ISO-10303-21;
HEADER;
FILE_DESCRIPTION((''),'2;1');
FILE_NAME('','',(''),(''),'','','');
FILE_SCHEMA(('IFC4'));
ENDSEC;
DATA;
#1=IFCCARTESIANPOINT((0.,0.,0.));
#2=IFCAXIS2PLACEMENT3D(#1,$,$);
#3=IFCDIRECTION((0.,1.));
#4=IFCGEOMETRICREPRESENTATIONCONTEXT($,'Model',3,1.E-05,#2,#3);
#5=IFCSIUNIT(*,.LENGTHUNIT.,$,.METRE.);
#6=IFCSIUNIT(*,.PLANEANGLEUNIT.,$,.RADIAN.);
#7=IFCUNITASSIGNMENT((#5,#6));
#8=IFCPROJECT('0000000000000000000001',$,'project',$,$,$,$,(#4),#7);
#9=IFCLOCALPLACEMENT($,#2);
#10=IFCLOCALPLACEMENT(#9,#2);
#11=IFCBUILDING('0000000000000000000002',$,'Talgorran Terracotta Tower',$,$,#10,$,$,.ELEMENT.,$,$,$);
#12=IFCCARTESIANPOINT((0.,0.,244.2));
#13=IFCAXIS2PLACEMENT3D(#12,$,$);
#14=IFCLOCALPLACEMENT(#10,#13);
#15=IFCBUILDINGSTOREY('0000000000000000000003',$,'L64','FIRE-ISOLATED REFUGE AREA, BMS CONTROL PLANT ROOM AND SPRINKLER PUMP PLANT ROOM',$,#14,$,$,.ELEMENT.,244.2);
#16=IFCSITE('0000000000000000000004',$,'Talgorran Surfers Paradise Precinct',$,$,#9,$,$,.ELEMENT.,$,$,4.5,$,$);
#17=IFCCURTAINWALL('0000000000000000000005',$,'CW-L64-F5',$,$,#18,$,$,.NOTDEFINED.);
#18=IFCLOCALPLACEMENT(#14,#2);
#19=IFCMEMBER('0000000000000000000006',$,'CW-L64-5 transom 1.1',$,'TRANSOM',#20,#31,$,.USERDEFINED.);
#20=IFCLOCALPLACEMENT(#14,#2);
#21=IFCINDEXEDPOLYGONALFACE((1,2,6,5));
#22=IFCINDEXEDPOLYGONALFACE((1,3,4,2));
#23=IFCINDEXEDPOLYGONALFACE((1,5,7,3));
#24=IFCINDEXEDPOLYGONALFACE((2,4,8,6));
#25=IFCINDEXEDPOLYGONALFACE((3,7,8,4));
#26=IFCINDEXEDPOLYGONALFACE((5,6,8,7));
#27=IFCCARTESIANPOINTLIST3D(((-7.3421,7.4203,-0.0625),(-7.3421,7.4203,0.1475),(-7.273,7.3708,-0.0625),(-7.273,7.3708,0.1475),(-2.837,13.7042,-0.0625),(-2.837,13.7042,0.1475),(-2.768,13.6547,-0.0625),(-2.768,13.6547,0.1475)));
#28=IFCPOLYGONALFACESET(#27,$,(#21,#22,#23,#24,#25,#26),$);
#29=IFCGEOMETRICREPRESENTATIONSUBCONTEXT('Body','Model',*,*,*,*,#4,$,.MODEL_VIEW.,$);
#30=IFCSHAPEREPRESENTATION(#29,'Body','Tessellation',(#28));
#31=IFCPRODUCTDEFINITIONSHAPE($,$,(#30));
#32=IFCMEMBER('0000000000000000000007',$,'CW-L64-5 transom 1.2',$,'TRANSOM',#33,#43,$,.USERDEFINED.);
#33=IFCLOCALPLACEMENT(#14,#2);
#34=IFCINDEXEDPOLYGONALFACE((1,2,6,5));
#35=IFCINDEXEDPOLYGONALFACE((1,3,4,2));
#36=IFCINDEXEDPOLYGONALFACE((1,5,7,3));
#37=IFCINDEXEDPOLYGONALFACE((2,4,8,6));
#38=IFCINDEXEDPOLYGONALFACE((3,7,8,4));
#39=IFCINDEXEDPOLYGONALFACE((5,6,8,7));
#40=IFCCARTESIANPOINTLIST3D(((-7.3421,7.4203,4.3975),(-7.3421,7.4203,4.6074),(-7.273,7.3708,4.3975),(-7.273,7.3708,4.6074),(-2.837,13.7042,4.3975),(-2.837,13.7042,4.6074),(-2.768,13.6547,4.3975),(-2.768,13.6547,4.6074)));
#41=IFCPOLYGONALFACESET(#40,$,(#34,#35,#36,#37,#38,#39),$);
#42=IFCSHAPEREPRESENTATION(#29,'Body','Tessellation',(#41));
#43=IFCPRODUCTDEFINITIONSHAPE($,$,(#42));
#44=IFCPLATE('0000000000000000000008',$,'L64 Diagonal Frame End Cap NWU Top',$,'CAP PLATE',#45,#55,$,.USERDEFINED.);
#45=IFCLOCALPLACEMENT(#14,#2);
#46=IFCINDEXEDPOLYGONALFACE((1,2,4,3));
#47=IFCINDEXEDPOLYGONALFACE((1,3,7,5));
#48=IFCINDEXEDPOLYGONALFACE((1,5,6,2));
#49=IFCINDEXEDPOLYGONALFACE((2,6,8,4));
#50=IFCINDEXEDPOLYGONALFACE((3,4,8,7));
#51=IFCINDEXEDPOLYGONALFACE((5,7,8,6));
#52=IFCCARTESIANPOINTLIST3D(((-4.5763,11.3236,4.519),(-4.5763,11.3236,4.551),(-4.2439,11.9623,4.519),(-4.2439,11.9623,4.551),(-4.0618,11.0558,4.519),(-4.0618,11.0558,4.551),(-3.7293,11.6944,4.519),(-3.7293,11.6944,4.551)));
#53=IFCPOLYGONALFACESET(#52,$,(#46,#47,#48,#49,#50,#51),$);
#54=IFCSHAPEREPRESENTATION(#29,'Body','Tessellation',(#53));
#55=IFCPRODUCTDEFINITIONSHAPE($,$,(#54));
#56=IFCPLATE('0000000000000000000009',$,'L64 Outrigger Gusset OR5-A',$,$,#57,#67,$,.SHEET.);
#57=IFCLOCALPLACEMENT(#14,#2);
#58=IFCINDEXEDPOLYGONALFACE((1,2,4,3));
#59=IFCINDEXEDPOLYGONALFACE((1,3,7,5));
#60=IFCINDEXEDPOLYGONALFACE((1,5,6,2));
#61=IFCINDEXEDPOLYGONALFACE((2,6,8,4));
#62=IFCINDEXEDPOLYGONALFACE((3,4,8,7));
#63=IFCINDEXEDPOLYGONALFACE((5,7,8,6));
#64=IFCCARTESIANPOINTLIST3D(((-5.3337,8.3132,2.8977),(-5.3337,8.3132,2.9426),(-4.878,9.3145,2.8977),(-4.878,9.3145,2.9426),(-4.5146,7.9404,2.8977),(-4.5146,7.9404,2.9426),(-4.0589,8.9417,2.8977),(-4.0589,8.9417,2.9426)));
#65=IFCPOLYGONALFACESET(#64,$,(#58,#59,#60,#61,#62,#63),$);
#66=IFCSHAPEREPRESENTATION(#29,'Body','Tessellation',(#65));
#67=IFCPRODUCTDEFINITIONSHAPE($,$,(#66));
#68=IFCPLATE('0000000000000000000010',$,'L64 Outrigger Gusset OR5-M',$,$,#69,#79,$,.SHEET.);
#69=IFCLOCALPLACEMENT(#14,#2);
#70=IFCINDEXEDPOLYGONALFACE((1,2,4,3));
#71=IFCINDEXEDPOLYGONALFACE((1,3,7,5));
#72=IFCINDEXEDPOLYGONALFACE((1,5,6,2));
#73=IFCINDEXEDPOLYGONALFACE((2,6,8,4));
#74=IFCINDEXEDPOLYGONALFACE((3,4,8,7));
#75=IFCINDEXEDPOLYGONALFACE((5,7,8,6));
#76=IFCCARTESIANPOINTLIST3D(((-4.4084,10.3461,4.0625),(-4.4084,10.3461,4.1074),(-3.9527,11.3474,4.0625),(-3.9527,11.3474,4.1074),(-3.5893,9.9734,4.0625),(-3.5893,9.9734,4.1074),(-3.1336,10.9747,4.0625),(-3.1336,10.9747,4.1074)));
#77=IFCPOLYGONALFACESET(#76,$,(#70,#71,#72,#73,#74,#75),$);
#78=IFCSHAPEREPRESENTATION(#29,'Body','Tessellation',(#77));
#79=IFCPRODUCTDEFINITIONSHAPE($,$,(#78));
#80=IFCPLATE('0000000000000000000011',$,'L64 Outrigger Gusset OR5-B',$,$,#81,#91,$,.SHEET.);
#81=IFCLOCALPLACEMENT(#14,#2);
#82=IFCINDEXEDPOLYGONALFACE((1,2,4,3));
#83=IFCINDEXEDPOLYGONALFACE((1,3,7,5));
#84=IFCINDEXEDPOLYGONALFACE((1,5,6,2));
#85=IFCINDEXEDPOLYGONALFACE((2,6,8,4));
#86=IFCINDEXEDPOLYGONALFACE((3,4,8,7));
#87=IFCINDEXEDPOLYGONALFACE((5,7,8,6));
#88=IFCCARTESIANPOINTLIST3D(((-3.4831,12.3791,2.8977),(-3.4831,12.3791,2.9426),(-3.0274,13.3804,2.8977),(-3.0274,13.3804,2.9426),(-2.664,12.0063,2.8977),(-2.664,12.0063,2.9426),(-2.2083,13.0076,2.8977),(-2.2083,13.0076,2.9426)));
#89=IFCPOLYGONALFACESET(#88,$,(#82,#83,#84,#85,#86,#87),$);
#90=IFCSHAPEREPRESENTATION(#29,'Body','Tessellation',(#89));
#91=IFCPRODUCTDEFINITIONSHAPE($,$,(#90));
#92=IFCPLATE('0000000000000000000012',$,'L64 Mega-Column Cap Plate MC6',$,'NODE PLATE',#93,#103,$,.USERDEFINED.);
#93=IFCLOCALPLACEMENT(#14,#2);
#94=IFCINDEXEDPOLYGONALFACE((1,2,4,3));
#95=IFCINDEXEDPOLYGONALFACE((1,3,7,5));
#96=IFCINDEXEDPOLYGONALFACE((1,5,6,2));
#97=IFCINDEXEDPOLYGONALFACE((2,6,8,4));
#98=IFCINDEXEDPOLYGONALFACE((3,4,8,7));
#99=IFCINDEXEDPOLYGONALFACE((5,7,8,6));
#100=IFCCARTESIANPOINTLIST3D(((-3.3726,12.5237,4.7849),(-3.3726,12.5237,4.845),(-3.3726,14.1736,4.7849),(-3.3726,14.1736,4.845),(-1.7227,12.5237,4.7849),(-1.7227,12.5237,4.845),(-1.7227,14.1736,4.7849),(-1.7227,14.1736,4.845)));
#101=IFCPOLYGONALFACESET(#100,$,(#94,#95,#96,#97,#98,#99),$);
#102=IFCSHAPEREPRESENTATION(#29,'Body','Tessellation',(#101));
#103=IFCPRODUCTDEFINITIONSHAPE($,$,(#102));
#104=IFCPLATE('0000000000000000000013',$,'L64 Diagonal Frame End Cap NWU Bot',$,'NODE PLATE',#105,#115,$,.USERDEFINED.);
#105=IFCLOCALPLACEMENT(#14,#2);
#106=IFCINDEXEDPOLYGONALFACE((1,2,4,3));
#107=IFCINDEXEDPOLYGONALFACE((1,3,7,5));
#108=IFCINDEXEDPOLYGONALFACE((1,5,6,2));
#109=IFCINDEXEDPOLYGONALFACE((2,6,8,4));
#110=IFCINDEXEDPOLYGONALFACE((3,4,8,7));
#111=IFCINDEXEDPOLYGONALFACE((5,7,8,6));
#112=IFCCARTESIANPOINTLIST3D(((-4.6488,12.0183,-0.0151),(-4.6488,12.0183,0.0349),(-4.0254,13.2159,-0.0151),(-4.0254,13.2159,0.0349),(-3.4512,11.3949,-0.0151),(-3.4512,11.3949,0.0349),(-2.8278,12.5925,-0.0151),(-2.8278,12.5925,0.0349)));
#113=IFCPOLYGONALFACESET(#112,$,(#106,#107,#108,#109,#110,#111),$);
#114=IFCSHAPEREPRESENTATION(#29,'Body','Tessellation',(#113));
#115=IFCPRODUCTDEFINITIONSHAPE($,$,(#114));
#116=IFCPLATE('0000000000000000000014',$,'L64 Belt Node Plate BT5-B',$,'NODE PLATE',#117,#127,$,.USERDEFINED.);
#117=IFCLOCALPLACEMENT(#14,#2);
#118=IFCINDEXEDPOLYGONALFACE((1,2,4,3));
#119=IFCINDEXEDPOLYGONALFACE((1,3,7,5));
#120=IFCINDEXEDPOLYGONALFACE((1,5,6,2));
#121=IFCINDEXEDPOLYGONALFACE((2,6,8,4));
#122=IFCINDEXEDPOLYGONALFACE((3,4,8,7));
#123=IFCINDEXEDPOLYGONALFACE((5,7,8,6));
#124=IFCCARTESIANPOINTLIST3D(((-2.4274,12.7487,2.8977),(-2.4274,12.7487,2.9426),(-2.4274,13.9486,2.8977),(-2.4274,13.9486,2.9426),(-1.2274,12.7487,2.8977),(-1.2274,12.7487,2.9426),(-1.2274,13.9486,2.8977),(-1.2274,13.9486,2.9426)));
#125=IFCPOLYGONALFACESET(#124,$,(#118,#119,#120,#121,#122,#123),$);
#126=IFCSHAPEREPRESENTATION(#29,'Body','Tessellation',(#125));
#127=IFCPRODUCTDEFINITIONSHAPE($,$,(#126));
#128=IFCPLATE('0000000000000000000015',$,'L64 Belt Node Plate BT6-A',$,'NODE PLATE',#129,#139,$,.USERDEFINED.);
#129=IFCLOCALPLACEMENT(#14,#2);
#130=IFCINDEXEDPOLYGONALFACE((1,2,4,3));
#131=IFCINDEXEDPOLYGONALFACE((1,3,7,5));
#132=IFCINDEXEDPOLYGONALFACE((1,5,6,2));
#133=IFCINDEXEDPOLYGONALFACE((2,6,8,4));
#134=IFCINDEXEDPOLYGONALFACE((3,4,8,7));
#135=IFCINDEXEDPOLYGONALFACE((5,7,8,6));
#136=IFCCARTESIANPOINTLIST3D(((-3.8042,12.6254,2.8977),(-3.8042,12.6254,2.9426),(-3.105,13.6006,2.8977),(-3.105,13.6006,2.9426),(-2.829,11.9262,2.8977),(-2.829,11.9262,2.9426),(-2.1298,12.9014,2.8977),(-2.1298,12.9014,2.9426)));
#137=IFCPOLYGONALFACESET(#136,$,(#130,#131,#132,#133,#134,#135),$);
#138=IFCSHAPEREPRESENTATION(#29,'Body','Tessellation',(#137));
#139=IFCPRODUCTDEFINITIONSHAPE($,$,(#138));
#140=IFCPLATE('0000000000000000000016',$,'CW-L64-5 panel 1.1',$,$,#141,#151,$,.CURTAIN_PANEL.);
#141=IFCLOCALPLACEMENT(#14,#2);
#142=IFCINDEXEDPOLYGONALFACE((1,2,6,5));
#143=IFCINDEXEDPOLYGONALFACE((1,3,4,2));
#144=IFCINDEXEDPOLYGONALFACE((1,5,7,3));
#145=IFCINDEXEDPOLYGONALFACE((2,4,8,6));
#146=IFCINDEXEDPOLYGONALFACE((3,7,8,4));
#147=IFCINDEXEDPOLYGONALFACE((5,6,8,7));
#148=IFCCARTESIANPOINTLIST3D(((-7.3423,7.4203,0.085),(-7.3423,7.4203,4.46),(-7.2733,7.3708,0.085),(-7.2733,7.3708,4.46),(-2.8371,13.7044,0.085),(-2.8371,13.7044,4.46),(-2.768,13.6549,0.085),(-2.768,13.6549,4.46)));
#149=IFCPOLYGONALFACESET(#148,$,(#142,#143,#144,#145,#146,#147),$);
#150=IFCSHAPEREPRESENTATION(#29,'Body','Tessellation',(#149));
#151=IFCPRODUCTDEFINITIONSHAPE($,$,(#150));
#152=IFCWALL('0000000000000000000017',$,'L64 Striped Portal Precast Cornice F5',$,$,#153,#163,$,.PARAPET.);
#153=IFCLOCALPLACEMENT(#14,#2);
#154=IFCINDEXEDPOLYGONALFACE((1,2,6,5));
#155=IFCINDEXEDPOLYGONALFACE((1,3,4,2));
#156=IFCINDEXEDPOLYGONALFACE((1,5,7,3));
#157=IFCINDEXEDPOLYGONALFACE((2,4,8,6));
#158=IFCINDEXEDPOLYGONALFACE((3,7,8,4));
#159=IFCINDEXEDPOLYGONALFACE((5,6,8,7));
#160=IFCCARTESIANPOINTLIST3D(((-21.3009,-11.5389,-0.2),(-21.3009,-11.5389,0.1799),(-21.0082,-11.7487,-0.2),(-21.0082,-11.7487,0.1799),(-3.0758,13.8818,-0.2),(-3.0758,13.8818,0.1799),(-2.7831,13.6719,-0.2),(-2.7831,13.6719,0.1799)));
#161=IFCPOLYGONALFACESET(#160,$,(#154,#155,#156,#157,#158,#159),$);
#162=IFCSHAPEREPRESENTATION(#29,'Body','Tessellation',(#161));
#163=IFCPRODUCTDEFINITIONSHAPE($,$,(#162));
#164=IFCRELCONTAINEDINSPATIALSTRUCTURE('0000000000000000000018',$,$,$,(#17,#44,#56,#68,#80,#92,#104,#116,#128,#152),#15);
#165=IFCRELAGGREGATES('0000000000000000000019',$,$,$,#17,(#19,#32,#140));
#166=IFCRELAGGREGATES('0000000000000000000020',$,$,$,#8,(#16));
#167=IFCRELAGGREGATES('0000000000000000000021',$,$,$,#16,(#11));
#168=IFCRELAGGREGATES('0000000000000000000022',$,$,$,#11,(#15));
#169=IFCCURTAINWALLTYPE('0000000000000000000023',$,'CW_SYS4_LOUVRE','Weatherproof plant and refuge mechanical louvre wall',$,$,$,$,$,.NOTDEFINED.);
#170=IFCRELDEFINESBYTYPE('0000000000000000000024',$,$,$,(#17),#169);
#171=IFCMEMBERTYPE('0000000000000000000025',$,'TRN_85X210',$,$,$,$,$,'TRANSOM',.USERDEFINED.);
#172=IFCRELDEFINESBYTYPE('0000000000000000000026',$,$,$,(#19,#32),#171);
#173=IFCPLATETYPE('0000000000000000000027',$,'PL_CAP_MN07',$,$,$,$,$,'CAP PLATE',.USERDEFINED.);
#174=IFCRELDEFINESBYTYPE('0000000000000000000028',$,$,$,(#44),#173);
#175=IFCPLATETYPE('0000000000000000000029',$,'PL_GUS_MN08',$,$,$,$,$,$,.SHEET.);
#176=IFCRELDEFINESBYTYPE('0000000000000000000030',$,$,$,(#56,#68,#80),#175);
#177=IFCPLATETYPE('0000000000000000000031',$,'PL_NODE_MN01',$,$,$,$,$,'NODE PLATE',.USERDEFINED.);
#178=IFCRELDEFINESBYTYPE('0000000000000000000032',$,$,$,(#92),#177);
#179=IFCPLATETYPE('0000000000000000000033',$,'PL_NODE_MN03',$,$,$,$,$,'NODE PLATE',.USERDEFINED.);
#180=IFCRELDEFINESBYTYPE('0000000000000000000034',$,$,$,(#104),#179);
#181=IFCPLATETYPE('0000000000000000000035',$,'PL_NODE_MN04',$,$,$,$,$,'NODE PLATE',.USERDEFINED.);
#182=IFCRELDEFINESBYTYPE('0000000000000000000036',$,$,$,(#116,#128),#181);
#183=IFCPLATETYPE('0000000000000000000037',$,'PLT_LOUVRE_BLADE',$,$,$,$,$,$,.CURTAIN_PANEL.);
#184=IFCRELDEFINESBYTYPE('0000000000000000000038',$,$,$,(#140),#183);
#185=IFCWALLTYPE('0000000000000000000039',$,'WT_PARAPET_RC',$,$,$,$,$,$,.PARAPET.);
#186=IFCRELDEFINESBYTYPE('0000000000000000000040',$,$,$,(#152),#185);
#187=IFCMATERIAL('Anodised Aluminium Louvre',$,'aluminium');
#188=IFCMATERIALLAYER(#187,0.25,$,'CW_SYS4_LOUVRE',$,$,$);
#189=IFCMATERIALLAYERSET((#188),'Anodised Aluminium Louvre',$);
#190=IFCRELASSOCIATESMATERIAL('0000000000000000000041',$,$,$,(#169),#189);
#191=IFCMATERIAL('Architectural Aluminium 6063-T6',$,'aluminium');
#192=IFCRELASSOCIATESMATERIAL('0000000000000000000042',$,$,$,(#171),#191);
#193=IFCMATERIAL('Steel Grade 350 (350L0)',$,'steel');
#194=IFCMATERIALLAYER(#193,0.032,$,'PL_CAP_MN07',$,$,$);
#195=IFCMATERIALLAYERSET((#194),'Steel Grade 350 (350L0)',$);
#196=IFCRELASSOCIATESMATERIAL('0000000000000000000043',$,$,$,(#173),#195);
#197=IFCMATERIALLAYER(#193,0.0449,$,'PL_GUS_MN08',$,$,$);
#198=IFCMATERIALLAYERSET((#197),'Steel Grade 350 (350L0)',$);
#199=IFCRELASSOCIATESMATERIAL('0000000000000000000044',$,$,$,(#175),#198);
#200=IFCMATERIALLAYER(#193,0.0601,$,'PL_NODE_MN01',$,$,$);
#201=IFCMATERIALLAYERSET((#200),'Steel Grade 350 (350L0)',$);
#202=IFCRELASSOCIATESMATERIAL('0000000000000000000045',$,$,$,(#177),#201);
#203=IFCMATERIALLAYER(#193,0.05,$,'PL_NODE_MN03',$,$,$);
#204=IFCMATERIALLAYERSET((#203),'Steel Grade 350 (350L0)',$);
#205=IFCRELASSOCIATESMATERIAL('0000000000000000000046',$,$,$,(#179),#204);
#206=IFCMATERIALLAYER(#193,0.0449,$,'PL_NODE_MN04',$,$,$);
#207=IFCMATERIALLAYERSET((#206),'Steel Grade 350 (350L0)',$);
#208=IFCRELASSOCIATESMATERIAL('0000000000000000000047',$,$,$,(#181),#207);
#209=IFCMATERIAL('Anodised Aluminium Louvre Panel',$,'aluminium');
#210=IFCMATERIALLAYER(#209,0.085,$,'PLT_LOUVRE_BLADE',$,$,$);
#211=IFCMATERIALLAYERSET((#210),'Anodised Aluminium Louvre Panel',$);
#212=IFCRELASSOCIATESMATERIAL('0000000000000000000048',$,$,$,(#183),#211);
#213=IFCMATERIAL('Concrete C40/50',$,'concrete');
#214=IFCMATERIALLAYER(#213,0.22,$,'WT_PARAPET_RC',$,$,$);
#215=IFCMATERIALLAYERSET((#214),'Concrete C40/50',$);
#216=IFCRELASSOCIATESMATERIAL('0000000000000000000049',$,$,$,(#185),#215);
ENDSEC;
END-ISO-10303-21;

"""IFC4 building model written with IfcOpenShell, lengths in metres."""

from ifc_helpers import new_model, si_unit, direction, frame, frame_2d, origin, origin_2d, place, context, subcontext, project, spatial, rectangle, extrude, source, transform, mapped, material, layer, layer_set, material_profile, profile_set, type_object, type_shapes, element, aggregate, save


model = new_model("IFC4")

# Units and contexts
model_context = context("Model", 3, precision=1e-05, world=origin(), true_north=direction((0.0, 1.0)))
body_context = subcontext(model_context, "Body", "Model", "MODEL_VIEW")
ifc_project = project(units=[si_unit("LENGTHUNIT", "METRE"), si_unit("PLANEANGLEUNIT", "RADIAN")], contexts=[model_context])

# Site, building, storey
site_placement = place(None, origin())
site = spatial("IfcSite", under=ifc_project, at=site_placement, Name="Talgorran Surfers Paradise Precinct", CompositionType="ELEMENT", RefElevation=4.5)
building_placement = place(site_placement, origin())
building = spatial("IfcBuilding", under=site, at=building_placement, Name="Talgorran Terracotta Tower", CompositionType="ELEMENT")
storey_placement = place(building_placement, frame((0.0, 0.0, 244.2)))
storey = spatial("IfcBuildingStorey", under=building, at=storey_placement, Name="L64", Description="FIRE-ISOLATED REFUGE AREA, BMS CONTROL PLANT ROOM AND SPRINKLER PUMP PLANT ROOM", CompositionType="ELEMENT", Elevation=244.2)

# Shared definitions
ifc_material_1 = material(Name="Steel Grade 350 (350L0)", Category="steel")

# Shared definitions
ifc_material_2 = material(Name="Anodised Aluminium Louvre", Category="aluminium")
ifc_layer_1 = layer(ifc_material_2, 0.25, Name="CW_SYS4_LOUVRE")
ifc_layer_set_1 = layer_set([ifc_layer_1], Name="Anodised Aluminium Louvre")
curtain_wall_type = type_object("IfcCurtainWallType", Name="CW_SYS4_LOUVRE", Description="Weatherproof plant and refuge mechanical louvre wall", PredefinedType="NOTDEFINED", material=ifc_layer_set_1)
ifc_material_3 = material(Name="Architectural Aluminium 6063-T6", Category="aluminium")

# Curtain wall, members
curtain_wall_1_placement = place(storey_placement, origin())
curtain_wall_1 = element("IfcCurtainWall", 1, at=curtain_wall_1_placement, inside=storey, type_object=curtain_wall_type, Name="CW-L64-F5", PredefinedType="NOTDEFINED")
ifc_material_profile_1 = material_profile(ifc_material_3, rectangle(XDim=0.085, YDim=0.21, at=origin_2d()), Name="CWT85X210")
ifc_profile_set_1 = profile_set([ifc_material_profile_1], Name="Architectural Aluminium 6063-T6")
member_type_1 = type_object("IfcMemberType", Name="TRN_85X210", ElementType="TRANSOM", PredefinedType="USERDEFINED", material=ifc_profile_set_1)
member_1_placement = place(storey_placement, frame((-2.8025, 13.6794, 0.0425), z_axis=(-0.582659, -0.812717, 0.0), x_axis=(0.812717, -0.582659, 0.0)))
member_1 = element("IfcMember", 2, at=member_1_placement, type_object=member_type_1, Name="CW-L64-5 transom 1.1", ObjectType="TRANSOM", PredefinedType="USERDEFINED", context=body_context, shape_type="SweptSolid", body=[
    extrude(rectangle(XDim=0.085, YDim=0.21, at=origin_2d()), origin(), (0.0, 0.0, 1.0), 7.7319),
])
member_2_placement = place(storey_placement, frame((-2.8025, 13.6794, 4.5024), z_axis=(-0.582659, -0.812717, 0.0), x_axis=(0.812717, -0.582659, 0.0)))
member_2 = element("IfcMember", 3, at=member_2_placement, type_object=member_type_1, Name="CW-L64-5 transom 1.2", ObjectType="TRANSOM", PredefinedType="USERDEFINED", context=body_context, shape_type="SweptSolid", body=[
    extrude(rectangle(XDim=0.085, YDim=0.21, at=origin_2d()), origin(), (0.0, 0.0, 1.0), 7.7319),
])

# Plates
ifc_layer_2 = layer(ifc_material_1, 0.032, Name="PL_CAP_MN07")
ifc_layer_set_2 = layer_set([ifc_layer_2], Name="Steel Grade 350 (350L0)")
plate_type_1 = type_object("IfcPlateType", Name="PL_CAP_MN07", ElementType="CAP PLATE", PredefinedType="USERDEFINED", material=ifc_layer_set_2)
plate_1_placement = place(storey_placement, frame((-4.1528, 11.509, 4.519), z_axis=(0.0, 0.0, 1.0), x_axis=(-0.461749, -0.887011, 0.0)))
element("IfcPlate", 4, at=plate_1_placement, inside=storey, type_object=plate_type_1, Name="L64 Diagonal Frame End Cap NWU Top", ObjectType="CAP PLATE", PredefinedType="USERDEFINED", context=body_context, shape_type="SweptSolid", body=[
    extrude(rectangle(XDim=0.72, YDim=0.5801, at=origin_2d()), origin(), (0.0, 0.0, 1.0), 0.032),
])
ifc_layer_3 = layer(ifc_material_1, 0.0449, Name="PL_GUS_MN08")
ifc_layer_set_3 = layer_set([ifc_layer_3], Name="Steel Grade 350 (350L0)")
plate_type_2 = type_object("IfcPlateType", Name="PL_GUS_MN08", PredefinedType="SHEET", material=ifc_layer_set_3)
for number, where, z_axis, x_axis, name in (
    (5, (-4.6963, 8.6274, 2.8977), (0.0, 0.0, 1.0), (0.414217, 0.910178, 0.0), "L64 Outrigger Gusset OR5-A"),
    (6, (-3.771, 10.6604, 4.0625), (0.0, 0.0, 1.0), (0.414217, 0.910178, 0.0), "L64 Outrigger Gusset OR5-M"),
    (7, (-2.8457, 12.6934, 2.8977), (0.0, 0.0, 1.0), (0.414217, 0.910178, 0.0), "L64 Outrigger Gusset OR5-B"),
):
    element("IfcPlate", number, at=place(storey_placement, frame(where, z_axis=z_axis, x_axis=x_axis)), inside=storey, type_object=plate_type_2, Name=name, PredefinedType="SHEET", context=body_context, shape_type="SweptSolid", body=[
        extrude(rectangle(XDim=1.1001, YDim=0.8999, at=origin_2d()), origin(), (0.0, 0.0, 1.0), 0.0449),
    ])
ifc_layer_4 = layer(ifc_material_1, 0.0601, Name="PL_NODE_MN01")
ifc_layer_set_4 = layer_set([ifc_layer_4], Name="Steel Grade 350 (350L0)")
plate_type_3 = type_object("IfcPlateType", Name="PL_NODE_MN01", ElementType="NODE PLATE", PredefinedType="USERDEFINED", material=ifc_layer_set_4)
plate_2_placement = place(storey_placement, frame((-2.5476, 13.3486, 4.7849), z_axis=(0.0, 0.0, 1.0), x_axis=(1.0, 0.0, 0.0)))
element("IfcPlate", 8, at=plate_2_placement, inside=storey, type_object=plate_type_3, Name="L64 Mega-Column Cap Plate MC6", ObjectType="NODE PLATE", PredefinedType="USERDEFINED", context=body_context, shape_type="SweptSolid", body=[
    extrude(rectangle(XDim=1.6499, YDim=1.6499, at=origin_2d()), origin(), (0.0, 0.0, 1.0), 0.0601),
])
ifc_layer_5 = layer(ifc_material_1, 0.05, Name="PL_NODE_MN03")
ifc_layer_set_5 = layer_set([ifc_layer_5], Name="Steel Grade 350 (350L0)")
plate_type_4 = type_object("IfcPlateType", Name="PL_NODE_MN03", ElementType="NODE PLATE", PredefinedType="USERDEFINED", material=ifc_layer_set_5)
plate_3_placement = place(storey_placement, frame((-3.7383, 12.3054, -0.0151), z_axis=(0.0, 0.0, 1.0), x_axis=(-0.461749, -0.887011, 0.0)))
element("IfcPlate", 9, at=plate_3_placement, inside=storey, type_object=plate_type_4, Name="L64 Diagonal Frame End Cap NWU Bot", ObjectType="NODE PLATE", PredefinedType="USERDEFINED", context=body_context, shape_type="SweptSolid", body=[
    extrude(rectangle(XDim=1.3501, YDim=1.3501, at=origin_2d()), origin(), (0.0, 0.0, 1.0), 0.05),
])
ifc_layer_6 = layer(ifc_material_1, 0.0449, Name="PL_NODE_MN04")
ifc_layer_set_6 = layer_set([ifc_layer_6], Name="Steel Grade 350 (350L0)")
plate_type_5 = type_object("IfcPlateType", Name="PL_NODE_MN04", ElementType="NODE PLATE", PredefinedType="USERDEFINED", material=ifc_layer_set_6)
for number, where, z_axis, x_axis, name in (
    (10, (-1.8274, 13.3486, 2.8977), (0.0, 0.0, 1.0), (-1.0, 0.0, 0.0), "L64 Belt Node Plate BT5-B"),
    (11, (-2.967, 12.7634, 2.8977), (0.0, 0.0, 1.0), (-0.58269, -0.812694, 0.0), "L64 Belt Node Plate BT6-A"),
):
    element("IfcPlate", number, at=place(storey_placement, frame(where, z_axis=z_axis, x_axis=x_axis)), inside=storey, type_object=plate_type_5, Name=name, ObjectType="NODE PLATE", PredefinedType="USERDEFINED", context=body_context, shape_type="SweptSolid", body=[
        extrude(rectangle(XDim=1.2, YDim=1.2, at=origin_2d()), origin(), (0.0, 0.0, 1.0), 0.0449),
    ])

# Plate
ifc_material_4 = material(Name="Anodised Aluminium Louvre Panel", Category="aluminium")
ifc_layer_7 = layer(ifc_material_4, 0.085, Name="PLT_LOUVRE_BLADE")
ifc_layer_set_7 = layer_set([ifc_layer_7], Name="Anodised Aluminium Louvre Panel")
plate_type_6 = type_object("IfcPlateType", Name="PLT_LOUVRE_BLADE", PredefinedType="CURTAIN_PANEL", material=ifc_layer_set_7)
shared_shape = source(origin(), body_context, "Body", "SweptSolid", [
    extrude(rectangle(XDim=7.7322, YDim=0.085, at=origin_2d()), origin(), (0.0, 0.0, 1.0), 4.375),
])
type_shapes(plate_type_6, [shared_shape])
plate_4_placement = place(storey_placement, frame((-5.0552, 10.5376, 0.085), z_axis=(0.0, 0.0, 1.0), x_axis=(-0.582665, -0.812713, 0.0)))
plate_4 = element("IfcPlate", 12, at=plate_4_placement, type_object=plate_type_6, Name="CW-L64-5 panel 1.1", PredefinedType="CURTAIN_PANEL", context=body_context, shape_type="MappedRepresentation", body=[
    mapped(shared_shape, transform((0.0, 0.0, 0.0), scale=1.0)),
])
aggregate(curtain_wall_1, [member_1, member_2, plate_4])

# Wall
ifc_material_5 = material(Name="Concrete C40/50", Category="concrete")
ifc_layer_8 = layer(ifc_material_5, 0.22, Name="WT_PARAPET_RC")
ifc_layer_set_8 = layer_set([ifc_layer_8], Name="Concrete C40/50")
wall_type = type_object("IfcWallType", Name="WT_PARAPET_RC", PredefinedType="PARAPET", material=ifc_layer_set_8)
wall_placement = place(storey_placement, frame((-2.9294, 13.7769, -0.2), z_axis=(0.0, 0.0, 1.0), x_axis=(-0.582666, -0.812712, 0.0)))
element("IfcWall", 13, at=wall_placement, inside=storey, type_object=wall_type, Name="L64 Striped Portal Precast Cornice F5", PredefinedType="PARAPET", context=body_context, shape_type="SweptSolid", body=[
    extrude(rectangle(XDim=31.2788, YDim=0.3601, at=frame_2d((15.6394, 0.0))), origin(), (0.0, 0.0, 1.0), 0.3799),
])

save(model, "model.ifc")
